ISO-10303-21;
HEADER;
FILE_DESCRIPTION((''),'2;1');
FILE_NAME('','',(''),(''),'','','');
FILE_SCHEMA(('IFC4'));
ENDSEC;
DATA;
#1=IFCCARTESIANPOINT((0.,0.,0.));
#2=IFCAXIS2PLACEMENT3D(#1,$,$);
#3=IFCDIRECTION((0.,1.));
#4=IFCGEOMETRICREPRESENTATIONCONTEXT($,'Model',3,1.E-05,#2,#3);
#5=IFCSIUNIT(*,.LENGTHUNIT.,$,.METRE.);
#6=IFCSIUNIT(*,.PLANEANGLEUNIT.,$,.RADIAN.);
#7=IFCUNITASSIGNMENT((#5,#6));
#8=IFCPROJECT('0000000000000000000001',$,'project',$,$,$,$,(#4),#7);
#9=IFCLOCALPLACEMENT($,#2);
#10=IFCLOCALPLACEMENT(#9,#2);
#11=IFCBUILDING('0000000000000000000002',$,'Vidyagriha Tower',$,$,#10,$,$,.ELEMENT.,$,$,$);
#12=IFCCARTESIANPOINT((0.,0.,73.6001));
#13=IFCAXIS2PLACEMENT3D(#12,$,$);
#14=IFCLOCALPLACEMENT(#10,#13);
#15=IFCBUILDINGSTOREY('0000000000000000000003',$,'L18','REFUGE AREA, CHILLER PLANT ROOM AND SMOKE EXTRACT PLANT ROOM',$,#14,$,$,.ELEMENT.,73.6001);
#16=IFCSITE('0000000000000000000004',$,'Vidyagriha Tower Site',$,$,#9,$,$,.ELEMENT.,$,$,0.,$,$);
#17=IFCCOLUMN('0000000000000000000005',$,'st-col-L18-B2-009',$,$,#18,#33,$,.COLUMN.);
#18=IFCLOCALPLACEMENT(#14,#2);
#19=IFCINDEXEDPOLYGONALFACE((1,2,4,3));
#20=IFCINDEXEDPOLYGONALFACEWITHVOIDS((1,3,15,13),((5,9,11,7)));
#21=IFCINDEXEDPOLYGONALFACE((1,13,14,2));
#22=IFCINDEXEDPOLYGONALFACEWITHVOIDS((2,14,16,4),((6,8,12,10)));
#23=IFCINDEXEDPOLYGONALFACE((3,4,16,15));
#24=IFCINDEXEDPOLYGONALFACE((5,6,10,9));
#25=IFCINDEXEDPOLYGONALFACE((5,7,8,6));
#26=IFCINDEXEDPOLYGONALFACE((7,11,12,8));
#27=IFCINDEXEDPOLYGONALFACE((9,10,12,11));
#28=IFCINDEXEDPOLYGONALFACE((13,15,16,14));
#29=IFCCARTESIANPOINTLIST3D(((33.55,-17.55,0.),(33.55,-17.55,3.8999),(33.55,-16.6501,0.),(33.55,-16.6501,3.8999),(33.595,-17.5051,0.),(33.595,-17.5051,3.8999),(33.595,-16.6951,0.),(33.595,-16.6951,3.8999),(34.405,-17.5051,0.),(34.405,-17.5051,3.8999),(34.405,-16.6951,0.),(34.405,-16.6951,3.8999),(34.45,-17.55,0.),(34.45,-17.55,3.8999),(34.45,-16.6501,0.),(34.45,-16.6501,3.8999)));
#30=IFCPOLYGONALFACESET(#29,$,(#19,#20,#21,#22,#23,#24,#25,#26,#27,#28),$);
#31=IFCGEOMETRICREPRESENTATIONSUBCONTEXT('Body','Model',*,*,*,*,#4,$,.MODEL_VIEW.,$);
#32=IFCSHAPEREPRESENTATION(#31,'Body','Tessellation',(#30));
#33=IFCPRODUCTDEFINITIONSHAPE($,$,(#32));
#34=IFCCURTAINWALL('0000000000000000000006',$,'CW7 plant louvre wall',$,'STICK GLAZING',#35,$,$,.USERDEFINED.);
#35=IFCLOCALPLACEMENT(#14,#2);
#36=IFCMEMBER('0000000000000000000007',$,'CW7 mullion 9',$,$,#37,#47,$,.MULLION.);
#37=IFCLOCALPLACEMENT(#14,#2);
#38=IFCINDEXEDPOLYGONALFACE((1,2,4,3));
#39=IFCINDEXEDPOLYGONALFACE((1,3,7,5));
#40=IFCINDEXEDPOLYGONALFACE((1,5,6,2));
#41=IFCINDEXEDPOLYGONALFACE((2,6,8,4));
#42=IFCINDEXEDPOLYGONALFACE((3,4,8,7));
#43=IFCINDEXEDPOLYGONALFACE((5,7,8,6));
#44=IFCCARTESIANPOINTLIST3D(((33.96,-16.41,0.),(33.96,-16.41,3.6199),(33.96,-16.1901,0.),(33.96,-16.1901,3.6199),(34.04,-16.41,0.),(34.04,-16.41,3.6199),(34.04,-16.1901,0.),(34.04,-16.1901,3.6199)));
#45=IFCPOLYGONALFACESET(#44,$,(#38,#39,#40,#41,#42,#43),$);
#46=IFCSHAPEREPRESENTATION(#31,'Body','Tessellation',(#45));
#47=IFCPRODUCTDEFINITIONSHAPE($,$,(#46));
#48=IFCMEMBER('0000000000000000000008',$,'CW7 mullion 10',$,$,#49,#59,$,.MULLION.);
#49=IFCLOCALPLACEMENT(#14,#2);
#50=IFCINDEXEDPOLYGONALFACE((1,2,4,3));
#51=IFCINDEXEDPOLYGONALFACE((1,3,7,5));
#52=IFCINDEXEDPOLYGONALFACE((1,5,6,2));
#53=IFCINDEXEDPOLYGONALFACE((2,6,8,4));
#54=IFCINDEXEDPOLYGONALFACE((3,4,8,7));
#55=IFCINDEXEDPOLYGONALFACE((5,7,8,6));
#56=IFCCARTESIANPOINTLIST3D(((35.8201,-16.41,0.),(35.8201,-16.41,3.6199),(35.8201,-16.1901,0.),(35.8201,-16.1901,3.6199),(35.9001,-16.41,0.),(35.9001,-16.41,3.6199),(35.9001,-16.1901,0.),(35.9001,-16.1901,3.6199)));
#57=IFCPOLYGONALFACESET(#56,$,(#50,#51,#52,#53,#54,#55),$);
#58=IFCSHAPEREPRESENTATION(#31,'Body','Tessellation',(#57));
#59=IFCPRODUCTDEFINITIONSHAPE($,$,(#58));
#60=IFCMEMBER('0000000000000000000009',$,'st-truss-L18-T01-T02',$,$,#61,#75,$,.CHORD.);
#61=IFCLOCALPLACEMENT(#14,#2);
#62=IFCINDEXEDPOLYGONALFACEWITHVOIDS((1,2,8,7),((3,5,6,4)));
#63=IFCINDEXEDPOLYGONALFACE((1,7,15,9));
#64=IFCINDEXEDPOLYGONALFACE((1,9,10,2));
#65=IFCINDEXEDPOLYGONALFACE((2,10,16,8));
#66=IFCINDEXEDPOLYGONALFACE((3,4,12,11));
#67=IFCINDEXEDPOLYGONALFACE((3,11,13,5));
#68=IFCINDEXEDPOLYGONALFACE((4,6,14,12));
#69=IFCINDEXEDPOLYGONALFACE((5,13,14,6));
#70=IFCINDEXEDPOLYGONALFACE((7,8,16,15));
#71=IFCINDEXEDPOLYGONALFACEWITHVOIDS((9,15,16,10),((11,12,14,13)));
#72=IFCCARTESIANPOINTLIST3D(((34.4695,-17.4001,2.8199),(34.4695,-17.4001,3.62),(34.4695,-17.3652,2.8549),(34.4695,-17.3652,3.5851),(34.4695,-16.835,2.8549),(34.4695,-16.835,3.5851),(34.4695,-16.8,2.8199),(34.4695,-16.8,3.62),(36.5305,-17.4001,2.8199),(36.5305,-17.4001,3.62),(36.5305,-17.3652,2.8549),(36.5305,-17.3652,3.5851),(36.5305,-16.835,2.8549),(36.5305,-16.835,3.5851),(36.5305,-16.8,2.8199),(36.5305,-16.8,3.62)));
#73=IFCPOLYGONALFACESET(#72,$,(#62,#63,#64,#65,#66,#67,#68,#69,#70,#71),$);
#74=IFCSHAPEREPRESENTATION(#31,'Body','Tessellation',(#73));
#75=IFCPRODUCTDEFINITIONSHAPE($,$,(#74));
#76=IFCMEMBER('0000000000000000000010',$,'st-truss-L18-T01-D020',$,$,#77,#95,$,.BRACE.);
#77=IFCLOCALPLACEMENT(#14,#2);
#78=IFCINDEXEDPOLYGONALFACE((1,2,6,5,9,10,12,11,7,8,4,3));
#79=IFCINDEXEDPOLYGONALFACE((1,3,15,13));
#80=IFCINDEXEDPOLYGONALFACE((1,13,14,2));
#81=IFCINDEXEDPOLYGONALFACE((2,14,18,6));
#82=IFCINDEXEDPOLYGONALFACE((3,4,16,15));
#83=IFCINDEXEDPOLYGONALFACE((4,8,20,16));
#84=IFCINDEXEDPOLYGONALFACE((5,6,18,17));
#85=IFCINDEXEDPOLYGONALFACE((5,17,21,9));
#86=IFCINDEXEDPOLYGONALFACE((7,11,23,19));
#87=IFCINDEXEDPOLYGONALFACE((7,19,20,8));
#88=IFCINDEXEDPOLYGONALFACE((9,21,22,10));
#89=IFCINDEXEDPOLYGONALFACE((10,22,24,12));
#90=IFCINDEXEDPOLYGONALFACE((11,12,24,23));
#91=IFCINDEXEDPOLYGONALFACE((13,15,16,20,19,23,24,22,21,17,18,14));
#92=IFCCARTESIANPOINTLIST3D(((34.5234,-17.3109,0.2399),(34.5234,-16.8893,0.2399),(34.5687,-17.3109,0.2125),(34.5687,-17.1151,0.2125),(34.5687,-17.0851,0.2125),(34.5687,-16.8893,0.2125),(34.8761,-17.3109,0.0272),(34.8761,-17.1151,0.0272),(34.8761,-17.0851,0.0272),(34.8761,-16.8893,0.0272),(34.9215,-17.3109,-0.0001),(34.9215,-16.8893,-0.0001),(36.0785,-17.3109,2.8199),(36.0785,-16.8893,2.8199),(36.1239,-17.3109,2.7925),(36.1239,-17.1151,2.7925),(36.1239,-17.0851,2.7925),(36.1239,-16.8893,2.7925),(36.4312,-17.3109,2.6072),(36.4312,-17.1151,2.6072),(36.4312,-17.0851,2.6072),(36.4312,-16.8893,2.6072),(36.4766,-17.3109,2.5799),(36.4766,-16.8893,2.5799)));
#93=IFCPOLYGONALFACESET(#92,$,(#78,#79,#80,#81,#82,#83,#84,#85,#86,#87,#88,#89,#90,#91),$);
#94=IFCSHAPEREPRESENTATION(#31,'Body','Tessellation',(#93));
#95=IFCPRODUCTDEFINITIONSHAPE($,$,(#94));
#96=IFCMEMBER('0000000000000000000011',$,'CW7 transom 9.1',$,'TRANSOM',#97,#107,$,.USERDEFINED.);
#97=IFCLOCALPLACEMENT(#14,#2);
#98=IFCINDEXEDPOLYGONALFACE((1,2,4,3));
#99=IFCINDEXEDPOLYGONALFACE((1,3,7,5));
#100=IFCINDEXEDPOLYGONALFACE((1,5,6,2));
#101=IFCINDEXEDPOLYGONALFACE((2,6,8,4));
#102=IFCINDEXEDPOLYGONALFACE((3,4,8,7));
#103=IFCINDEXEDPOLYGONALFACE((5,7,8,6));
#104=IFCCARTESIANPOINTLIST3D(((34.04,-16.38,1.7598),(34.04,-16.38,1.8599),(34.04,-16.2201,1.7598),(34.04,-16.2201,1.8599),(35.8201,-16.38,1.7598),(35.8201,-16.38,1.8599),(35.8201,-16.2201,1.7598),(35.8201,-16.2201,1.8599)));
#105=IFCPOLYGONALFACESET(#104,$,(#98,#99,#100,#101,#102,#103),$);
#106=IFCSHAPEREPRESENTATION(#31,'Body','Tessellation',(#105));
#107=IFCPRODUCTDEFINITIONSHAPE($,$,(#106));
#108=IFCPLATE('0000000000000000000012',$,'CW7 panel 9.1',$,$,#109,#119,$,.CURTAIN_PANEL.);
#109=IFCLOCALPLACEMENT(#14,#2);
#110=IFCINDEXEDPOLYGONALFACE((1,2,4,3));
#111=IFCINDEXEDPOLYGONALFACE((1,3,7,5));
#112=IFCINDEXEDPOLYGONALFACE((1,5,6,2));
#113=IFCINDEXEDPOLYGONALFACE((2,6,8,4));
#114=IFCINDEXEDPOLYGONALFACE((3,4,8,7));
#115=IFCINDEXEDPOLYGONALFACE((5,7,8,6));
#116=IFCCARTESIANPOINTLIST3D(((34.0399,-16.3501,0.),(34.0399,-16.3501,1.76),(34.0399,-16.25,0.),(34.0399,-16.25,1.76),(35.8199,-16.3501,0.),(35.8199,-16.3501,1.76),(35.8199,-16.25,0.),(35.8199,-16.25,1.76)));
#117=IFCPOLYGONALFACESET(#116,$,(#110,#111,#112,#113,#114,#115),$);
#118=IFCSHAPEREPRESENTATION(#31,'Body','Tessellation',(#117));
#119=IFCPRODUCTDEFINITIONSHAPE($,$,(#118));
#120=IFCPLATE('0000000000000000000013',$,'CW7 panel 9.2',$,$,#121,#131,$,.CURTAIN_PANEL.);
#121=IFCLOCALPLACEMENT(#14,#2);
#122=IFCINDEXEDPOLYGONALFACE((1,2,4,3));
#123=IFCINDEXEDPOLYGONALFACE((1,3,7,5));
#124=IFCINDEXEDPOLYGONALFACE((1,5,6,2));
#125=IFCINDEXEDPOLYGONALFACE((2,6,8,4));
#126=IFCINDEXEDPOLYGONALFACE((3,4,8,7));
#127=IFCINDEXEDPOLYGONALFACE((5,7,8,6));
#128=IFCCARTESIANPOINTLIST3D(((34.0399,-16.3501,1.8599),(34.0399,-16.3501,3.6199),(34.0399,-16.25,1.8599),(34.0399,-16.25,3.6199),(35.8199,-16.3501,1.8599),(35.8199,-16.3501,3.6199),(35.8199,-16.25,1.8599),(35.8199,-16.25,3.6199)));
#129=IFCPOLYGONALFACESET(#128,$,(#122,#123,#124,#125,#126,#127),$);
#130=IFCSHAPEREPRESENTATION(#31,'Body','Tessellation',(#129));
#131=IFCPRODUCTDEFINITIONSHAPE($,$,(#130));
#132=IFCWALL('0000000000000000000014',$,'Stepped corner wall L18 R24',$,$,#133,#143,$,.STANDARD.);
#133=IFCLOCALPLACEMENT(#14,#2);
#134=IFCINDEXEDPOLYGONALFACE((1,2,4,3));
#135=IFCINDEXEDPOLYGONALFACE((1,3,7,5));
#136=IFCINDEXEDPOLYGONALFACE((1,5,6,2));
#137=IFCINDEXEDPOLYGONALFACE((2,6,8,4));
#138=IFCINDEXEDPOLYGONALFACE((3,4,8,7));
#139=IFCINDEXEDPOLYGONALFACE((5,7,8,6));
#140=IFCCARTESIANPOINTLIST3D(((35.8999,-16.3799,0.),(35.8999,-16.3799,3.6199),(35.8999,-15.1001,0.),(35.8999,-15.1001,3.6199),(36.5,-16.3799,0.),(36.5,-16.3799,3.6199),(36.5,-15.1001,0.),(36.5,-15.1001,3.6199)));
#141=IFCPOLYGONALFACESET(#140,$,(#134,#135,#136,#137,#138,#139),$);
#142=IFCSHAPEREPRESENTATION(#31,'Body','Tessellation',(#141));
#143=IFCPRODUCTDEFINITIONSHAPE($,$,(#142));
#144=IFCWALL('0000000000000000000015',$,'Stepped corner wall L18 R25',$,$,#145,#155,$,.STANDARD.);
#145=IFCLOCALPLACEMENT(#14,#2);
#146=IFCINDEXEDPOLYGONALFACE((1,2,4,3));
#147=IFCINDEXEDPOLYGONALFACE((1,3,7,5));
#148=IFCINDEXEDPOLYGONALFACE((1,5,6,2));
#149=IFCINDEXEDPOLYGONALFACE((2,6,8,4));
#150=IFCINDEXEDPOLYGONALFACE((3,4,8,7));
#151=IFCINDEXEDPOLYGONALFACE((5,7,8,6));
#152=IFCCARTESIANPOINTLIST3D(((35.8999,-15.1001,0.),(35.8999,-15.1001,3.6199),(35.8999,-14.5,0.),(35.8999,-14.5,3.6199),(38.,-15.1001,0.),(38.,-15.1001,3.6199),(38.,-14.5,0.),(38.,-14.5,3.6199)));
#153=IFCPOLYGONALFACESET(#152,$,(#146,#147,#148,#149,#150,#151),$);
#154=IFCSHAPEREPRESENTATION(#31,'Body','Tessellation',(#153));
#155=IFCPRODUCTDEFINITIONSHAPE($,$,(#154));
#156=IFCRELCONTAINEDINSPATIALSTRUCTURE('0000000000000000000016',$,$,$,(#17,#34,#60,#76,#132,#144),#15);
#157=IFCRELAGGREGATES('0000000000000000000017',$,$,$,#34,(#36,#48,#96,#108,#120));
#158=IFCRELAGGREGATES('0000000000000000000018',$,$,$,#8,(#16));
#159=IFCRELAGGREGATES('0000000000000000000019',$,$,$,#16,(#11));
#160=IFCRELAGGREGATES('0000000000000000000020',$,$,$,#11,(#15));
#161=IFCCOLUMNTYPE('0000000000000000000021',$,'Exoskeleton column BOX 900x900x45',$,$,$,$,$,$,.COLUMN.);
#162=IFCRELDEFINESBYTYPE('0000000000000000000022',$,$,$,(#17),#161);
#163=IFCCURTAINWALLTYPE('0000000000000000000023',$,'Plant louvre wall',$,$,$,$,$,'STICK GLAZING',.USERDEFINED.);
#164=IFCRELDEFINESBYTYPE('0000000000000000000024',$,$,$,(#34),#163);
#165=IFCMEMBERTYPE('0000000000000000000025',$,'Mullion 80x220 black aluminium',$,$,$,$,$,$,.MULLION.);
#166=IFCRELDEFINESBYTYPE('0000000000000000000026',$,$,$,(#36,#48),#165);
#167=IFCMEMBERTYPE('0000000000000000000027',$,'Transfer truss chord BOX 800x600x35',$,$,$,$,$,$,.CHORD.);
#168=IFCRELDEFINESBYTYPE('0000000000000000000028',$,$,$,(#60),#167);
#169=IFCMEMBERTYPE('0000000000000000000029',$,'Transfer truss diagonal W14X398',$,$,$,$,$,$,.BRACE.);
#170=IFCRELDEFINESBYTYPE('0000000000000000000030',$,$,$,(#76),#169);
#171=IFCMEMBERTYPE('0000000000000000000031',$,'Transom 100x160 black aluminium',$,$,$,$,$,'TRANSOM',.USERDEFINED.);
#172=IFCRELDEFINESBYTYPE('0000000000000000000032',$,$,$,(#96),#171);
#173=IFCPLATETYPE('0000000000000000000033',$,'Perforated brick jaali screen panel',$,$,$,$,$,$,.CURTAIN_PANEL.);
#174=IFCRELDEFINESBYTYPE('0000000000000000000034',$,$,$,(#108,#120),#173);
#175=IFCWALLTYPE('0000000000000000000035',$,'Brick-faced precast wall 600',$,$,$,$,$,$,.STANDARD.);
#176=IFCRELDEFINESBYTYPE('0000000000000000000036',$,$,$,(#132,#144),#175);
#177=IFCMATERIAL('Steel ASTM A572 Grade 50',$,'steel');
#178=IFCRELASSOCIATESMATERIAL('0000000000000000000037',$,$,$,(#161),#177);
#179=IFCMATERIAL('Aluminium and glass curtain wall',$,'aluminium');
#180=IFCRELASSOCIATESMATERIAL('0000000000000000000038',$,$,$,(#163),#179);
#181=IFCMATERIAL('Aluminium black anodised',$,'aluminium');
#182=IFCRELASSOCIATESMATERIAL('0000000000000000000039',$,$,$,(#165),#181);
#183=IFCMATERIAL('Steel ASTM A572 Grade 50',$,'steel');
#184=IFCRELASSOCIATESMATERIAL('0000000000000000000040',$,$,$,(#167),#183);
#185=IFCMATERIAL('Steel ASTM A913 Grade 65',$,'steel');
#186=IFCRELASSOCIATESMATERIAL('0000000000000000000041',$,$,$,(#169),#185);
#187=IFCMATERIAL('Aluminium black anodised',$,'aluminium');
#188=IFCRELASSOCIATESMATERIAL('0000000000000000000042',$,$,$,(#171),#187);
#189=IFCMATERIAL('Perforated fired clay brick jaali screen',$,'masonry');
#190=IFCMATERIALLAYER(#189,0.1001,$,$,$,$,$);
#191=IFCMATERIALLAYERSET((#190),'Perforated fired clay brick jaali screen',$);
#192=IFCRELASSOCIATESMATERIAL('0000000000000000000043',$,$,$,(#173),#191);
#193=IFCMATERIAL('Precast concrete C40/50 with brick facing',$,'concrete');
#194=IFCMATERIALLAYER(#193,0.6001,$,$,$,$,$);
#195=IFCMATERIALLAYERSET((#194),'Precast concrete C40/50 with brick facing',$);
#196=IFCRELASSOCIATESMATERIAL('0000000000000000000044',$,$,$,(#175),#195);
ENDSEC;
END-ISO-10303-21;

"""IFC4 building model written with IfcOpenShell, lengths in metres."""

from ifc_helpers import new_model, si_unit, direction, frame, frame_2d, origin, origin_2d, place, context, subcontext, project, spatial, rectangle, hollow_rectangle, i_section, extrude, material, layer, layer_set, material_profile, profile_set, type_object, element, aggregate, save


model = new_model("IFC4")

# Units and contexts
model_context = context("Model", 3, precision=1e-05, world=origin(), true_north=direction((0.0, 1.0)))
body_context = subcontext(model_context, "Body", "Model", "MODEL_VIEW")
ifc_project = project(units=[si_unit("LENGTHUNIT", "METRE"), si_unit("PLANEANGLEUNIT", "RADIAN")], contexts=[model_context])

# Site, building, storey
site_placement = place(None, origin())
site = spatial("IfcSite", under=ifc_project, at=site_placement, Name="Vidyagriha Tower Site", CompositionType="ELEMENT", RefElevation=0.0)
building_placement = place(site_placement, origin())
building = spatial("IfcBuilding", under=site, at=building_placement, Name="Vidyagriha Tower", CompositionType="ELEMENT")
storey_placement = place(building_placement, frame((0.0, 0.0, 73.6001)))
storey = spatial("IfcBuildingStorey", under=building, at=storey_placement, Name="L18", Description="REFUGE AREA, CHILLER PLANT ROOM AND SMOKE EXTRACT PLANT ROOM", CompositionType="ELEMENT", Elevation=73.6001)

# Column
ifc_material_1 = material(Name="Steel ASTM A572 Grade 50", Category="steel")
ifc_material_profile_1 = material_profile(ifc_material_1, hollow_rectangle(XDim=0.8999, YDim=0.8999, WallThickness=0.0449, at=origin_2d()), Name="BOX 900x900x45")
ifc_profile_set_1 = profile_set([ifc_material_profile_1], Name="Steel ASTM A572 Grade 50")
column_type = type_object("IfcColumnType", Name="Exoskeleton column BOX 900x900x45", PredefinedType="COLUMN", material=ifc_profile_set_1)
column_placement = place(storey_placement, frame((34.0, -17.1001, 0.0)))
element("IfcColumn", 1, at=column_placement, inside=storey, type_object=column_type, Name="st-col-L18-B2-009", PredefinedType="COLUMN", context=body_context, shape_type="SweptSolid", body=[
    extrude(hollow_rectangle(XDim=0.8999, YDim=0.8999, WallThickness=0.0449, at=origin_2d()), origin(), (0.0, 0.0, 1.0), 3.8999),
])

# Curtain wall, members
ifc_material_2 = material(Name="Aluminium and glass curtain wall", Category="aluminium")
curtain_wall_type = type_object("IfcCurtainWallType", Name="Plant louvre wall", ElementType="STICK GLAZING", PredefinedType="USERDEFINED", material=ifc_material_2)
curtain_wall_placement = place(storey_placement, origin())
curtain_wall = element("IfcCurtainWall", 2, at=curtain_wall_placement, inside=storey, type_object=curtain_wall_type, Name="CW7 plant louvre wall", ObjectType="STICK GLAZING", PredefinedType="USERDEFINED")
ifc_material_3 = material(Name="Aluminium black anodised", Category="aluminium")
ifc_material_profile_2 = material_profile(ifc_material_3, rectangle(XDim=0.22, YDim=0.0801, at=origin_2d()), Name="Mullion 80x220 black aluminium")
ifc_profile_set_2 = profile_set([ifc_material_profile_2], Name="Aluminium black anodised")
member_type_1 = type_object("IfcMemberType", Name="Mullion 80x220 black aluminium", PredefinedType="MULLION", material=ifc_profile_set_2)
member_1_placement = place(storey_placement, frame((34.0, -16.3, 0.0), z_axis=(0.0, 0.0, 1.0), x_axis=(0.0, 1.0, 0.0)))
member_1 = element("IfcMember", 3, at=member_1_placement, type_object=member_type_1, Name="CW7 mullion 9", PredefinedType="MULLION", context=body_context, shape_type="SweptSolid", body=[
    extrude(rectangle(XDim=0.22, YDim=0.0801, at=origin_2d()), origin(), (0.0, 0.0, 1.0), 3.6199),
])
member_2_placement = place(storey_placement, frame((35.8601, -16.3, 0.0), z_axis=(0.0, 0.0, 1.0), x_axis=(0.0, 1.0, 0.0)))
member_2 = element("IfcMember", 4, at=member_2_placement, type_object=member_type_1, Name="CW7 mullion 10", PredefinedType="MULLION", context=body_context, shape_type="SweptSolid", body=[
    extrude(rectangle(XDim=0.22, YDim=0.0801, at=origin_2d()), origin(), (0.0, 0.0, 1.0), 3.6199),
])

# Members
ifc_material_4 = material(Name="Steel ASTM A572 Grade 50", Category="steel")
ifc_material_profile_3 = material_profile(ifc_material_4, hollow_rectangle(XDim=0.6001, YDim=0.8, WallThickness=0.0349, at=origin_2d()), Name="BOX 800x600x35")
ifc_profile_set_3 = profile_set([ifc_material_profile_3], Name="Steel ASTM A572 Grade 50")
member_type_2 = type_object("IfcMemberType", Name="Transfer truss chord BOX 800x600x35", PredefinedType="CHORD", material=ifc_profile_set_3)
member_3_placement = place(storey_placement, frame((34.4695, -17.1001, 3.22), z_axis=(1.0, 0.0, 0.0), x_axis=(0.0, 1.0, 0.0)))
element("IfcMember", 5, at=member_3_placement, inside=storey, type_object=member_type_2, Name="st-truss-L18-T01-T02", PredefinedType="CHORD", context=body_context, shape_type="SweptSolid", body=[
    extrude(hollow_rectangle(XDim=0.6001, YDim=0.8, WallThickness=0.0349, at=origin_2d()), origin(), (0.0, 0.0, 1.0), 2.061),
])
ifc_material_5 = material(Name="Steel ASTM A913 Grade 65", Category="steel")
ifc_material_profile_4 = material_profile(ifc_material_5, i_section(OverallWidth=0.4216, OverallDepth=0.4648, WebThickness=0.03, FlangeThickness=0.053, at=origin_2d()), Name="W14X398")
ifc_profile_set_4 = profile_set([ifc_material_profile_4], Name="Steel ASTM A913 Grade 65")
member_type_3 = type_object("IfcMemberType", Name="Transfer truss diagonal W14X398", PredefinedType="BRACE", material=ifc_profile_set_4)
member_4_placement = place(storey_placement, frame((34.7224, -17.1001, 0.1199), z_axis=(0.516235, 0.0, 0.856447), x_axis=(0.0, 1.0, 0.0)))
element("IfcMember", 6, at=member_4_placement, inside=storey, type_object=member_type_3, Name="st-truss-L18-T01-D020", PredefinedType="BRACE", context=body_context, shape_type="SweptSolid", body=[
    extrude(i_section(OverallWidth=0.4216, OverallDepth=0.4648, WebThickness=0.03, FlangeThickness=0.053, at=origin_2d()), origin(), (0.0, 0.0, 1.0), 3.0125),
])

# Member
ifc_material_6 = material(Name="Aluminium black anodised", Category="aluminium")
ifc_material_profile_5 = material_profile(ifc_material_6, rectangle(XDim=0.1599, YDim=0.1001, at=origin_2d()), Name="Transom 100x160 black aluminium")
ifc_profile_set_5 = profile_set([ifc_material_profile_5], Name="Aluminium black anodised")
member_type_4 = type_object("IfcMemberType", Name="Transom 100x160 black aluminium", ElementType="TRANSOM", PredefinedType="USERDEFINED", material=ifc_profile_set_5)
member_5_placement = place(storey_placement, frame((34.04, -16.3, 1.8098), z_axis=(1.0, 0.0, 0.0), x_axis=(0.0, 1.0, 0.0)))
member_5 = element("IfcMember", 7, at=member_5_placement, type_object=member_type_4, Name="CW7 transom 9.1", ObjectType="TRANSOM", PredefinedType="USERDEFINED", context=body_context, shape_type="SweptSolid", body=[
    extrude(rectangle(XDim=0.1599, YDim=0.1001, at=origin_2d()), origin(), (0.0, 0.0, 1.0), 1.78),
])

# Plates
ifc_material_7 = material(Name="Perforated fired clay brick jaali screen", Category="masonry")
ifc_layer_1 = layer(ifc_material_7, 0.1001)
ifc_layer_set_1 = layer_set([ifc_layer_1], Name="Perforated fired clay brick jaali screen")
plate_type = type_object("IfcPlateType", Name="Perforated brick jaali screen panel", PredefinedType="CURTAIN_PANEL", material=ifc_layer_set_1)
plate_1_placement = place(storey_placement, frame((34.9299, -16.3, 0.0)))
plate_1 = element("IfcPlate", 8, at=plate_1_placement, type_object=plate_type, Name="CW7 panel 9.1", PredefinedType="CURTAIN_PANEL", context=body_context, shape_type="SweptSolid", body=[
    extrude(rectangle(XDim=1.78, YDim=0.1001, at=origin_2d()), origin(), (0.0, 0.0, 1.0), 1.76),
])
plate_2_placement = place(storey_placement, frame((34.9299, -16.3, 1.8599)))
plate_2 = element("IfcPlate", 9, at=plate_2_placement, type_object=plate_type, Name="CW7 panel 9.2", PredefinedType="CURTAIN_PANEL", context=body_context, shape_type="SweptSolid", body=[
    extrude(rectangle(XDim=1.78, YDim=0.1001, at=origin_2d()), origin(), (0.0, 0.0, 1.0), 1.76),
])
aggregate(curtain_wall, [member_1, member_2, member_5, plate_1, plate_2])

# Walls
ifc_material_8 = material(Name="Precast concrete C40/50 with brick facing", Category="concrete")
ifc_layer_2 = layer(ifc_material_8, 0.6001)
ifc_layer_set_2 = layer_set([ifc_layer_2], Name="Precast concrete C40/50 with brick facing")
wall_type = type_object("IfcWallType", Name="Brick-faced precast wall 600", PredefinedType="STANDARD", material=ifc_layer_set_2)
wall_1_placement = place(storey_placement, frame((36.2, -16.3799, 0.0), z_axis=(0.0, 0.0, 1.0), x_axis=(0.0, 1.0, 0.0)))
element("IfcWall", 10, at=wall_1_placement, inside=storey, type_object=wall_type, Name="Stepped corner wall L18 R24", PredefinedType="STANDARD", context=body_context, shape_type="SweptSolid", body=[
    extrude(rectangle(XDim=1.2798, YDim=0.6001, at=frame_2d((0.6399, 0.0))), origin(), (0.0, 0.0, 1.0), 3.6199),
])
wall_2_placement = place(storey_placement, frame((35.8999, -14.8, 0.0)))
element("IfcWall", 11, at=wall_2_placement, inside=storey, type_object=wall_type, Name="Stepped corner wall L18 R25", PredefinedType="STANDARD", context=body_context, shape_type="SweptSolid", body=[
    extrude(rectangle(XDim=2.1001, YDim=0.6001, at=frame_2d((1.05, 0.0))), origin(), (0.0, 0.0, 1.0), 3.6199),
])

save(model, "model.ifc")
